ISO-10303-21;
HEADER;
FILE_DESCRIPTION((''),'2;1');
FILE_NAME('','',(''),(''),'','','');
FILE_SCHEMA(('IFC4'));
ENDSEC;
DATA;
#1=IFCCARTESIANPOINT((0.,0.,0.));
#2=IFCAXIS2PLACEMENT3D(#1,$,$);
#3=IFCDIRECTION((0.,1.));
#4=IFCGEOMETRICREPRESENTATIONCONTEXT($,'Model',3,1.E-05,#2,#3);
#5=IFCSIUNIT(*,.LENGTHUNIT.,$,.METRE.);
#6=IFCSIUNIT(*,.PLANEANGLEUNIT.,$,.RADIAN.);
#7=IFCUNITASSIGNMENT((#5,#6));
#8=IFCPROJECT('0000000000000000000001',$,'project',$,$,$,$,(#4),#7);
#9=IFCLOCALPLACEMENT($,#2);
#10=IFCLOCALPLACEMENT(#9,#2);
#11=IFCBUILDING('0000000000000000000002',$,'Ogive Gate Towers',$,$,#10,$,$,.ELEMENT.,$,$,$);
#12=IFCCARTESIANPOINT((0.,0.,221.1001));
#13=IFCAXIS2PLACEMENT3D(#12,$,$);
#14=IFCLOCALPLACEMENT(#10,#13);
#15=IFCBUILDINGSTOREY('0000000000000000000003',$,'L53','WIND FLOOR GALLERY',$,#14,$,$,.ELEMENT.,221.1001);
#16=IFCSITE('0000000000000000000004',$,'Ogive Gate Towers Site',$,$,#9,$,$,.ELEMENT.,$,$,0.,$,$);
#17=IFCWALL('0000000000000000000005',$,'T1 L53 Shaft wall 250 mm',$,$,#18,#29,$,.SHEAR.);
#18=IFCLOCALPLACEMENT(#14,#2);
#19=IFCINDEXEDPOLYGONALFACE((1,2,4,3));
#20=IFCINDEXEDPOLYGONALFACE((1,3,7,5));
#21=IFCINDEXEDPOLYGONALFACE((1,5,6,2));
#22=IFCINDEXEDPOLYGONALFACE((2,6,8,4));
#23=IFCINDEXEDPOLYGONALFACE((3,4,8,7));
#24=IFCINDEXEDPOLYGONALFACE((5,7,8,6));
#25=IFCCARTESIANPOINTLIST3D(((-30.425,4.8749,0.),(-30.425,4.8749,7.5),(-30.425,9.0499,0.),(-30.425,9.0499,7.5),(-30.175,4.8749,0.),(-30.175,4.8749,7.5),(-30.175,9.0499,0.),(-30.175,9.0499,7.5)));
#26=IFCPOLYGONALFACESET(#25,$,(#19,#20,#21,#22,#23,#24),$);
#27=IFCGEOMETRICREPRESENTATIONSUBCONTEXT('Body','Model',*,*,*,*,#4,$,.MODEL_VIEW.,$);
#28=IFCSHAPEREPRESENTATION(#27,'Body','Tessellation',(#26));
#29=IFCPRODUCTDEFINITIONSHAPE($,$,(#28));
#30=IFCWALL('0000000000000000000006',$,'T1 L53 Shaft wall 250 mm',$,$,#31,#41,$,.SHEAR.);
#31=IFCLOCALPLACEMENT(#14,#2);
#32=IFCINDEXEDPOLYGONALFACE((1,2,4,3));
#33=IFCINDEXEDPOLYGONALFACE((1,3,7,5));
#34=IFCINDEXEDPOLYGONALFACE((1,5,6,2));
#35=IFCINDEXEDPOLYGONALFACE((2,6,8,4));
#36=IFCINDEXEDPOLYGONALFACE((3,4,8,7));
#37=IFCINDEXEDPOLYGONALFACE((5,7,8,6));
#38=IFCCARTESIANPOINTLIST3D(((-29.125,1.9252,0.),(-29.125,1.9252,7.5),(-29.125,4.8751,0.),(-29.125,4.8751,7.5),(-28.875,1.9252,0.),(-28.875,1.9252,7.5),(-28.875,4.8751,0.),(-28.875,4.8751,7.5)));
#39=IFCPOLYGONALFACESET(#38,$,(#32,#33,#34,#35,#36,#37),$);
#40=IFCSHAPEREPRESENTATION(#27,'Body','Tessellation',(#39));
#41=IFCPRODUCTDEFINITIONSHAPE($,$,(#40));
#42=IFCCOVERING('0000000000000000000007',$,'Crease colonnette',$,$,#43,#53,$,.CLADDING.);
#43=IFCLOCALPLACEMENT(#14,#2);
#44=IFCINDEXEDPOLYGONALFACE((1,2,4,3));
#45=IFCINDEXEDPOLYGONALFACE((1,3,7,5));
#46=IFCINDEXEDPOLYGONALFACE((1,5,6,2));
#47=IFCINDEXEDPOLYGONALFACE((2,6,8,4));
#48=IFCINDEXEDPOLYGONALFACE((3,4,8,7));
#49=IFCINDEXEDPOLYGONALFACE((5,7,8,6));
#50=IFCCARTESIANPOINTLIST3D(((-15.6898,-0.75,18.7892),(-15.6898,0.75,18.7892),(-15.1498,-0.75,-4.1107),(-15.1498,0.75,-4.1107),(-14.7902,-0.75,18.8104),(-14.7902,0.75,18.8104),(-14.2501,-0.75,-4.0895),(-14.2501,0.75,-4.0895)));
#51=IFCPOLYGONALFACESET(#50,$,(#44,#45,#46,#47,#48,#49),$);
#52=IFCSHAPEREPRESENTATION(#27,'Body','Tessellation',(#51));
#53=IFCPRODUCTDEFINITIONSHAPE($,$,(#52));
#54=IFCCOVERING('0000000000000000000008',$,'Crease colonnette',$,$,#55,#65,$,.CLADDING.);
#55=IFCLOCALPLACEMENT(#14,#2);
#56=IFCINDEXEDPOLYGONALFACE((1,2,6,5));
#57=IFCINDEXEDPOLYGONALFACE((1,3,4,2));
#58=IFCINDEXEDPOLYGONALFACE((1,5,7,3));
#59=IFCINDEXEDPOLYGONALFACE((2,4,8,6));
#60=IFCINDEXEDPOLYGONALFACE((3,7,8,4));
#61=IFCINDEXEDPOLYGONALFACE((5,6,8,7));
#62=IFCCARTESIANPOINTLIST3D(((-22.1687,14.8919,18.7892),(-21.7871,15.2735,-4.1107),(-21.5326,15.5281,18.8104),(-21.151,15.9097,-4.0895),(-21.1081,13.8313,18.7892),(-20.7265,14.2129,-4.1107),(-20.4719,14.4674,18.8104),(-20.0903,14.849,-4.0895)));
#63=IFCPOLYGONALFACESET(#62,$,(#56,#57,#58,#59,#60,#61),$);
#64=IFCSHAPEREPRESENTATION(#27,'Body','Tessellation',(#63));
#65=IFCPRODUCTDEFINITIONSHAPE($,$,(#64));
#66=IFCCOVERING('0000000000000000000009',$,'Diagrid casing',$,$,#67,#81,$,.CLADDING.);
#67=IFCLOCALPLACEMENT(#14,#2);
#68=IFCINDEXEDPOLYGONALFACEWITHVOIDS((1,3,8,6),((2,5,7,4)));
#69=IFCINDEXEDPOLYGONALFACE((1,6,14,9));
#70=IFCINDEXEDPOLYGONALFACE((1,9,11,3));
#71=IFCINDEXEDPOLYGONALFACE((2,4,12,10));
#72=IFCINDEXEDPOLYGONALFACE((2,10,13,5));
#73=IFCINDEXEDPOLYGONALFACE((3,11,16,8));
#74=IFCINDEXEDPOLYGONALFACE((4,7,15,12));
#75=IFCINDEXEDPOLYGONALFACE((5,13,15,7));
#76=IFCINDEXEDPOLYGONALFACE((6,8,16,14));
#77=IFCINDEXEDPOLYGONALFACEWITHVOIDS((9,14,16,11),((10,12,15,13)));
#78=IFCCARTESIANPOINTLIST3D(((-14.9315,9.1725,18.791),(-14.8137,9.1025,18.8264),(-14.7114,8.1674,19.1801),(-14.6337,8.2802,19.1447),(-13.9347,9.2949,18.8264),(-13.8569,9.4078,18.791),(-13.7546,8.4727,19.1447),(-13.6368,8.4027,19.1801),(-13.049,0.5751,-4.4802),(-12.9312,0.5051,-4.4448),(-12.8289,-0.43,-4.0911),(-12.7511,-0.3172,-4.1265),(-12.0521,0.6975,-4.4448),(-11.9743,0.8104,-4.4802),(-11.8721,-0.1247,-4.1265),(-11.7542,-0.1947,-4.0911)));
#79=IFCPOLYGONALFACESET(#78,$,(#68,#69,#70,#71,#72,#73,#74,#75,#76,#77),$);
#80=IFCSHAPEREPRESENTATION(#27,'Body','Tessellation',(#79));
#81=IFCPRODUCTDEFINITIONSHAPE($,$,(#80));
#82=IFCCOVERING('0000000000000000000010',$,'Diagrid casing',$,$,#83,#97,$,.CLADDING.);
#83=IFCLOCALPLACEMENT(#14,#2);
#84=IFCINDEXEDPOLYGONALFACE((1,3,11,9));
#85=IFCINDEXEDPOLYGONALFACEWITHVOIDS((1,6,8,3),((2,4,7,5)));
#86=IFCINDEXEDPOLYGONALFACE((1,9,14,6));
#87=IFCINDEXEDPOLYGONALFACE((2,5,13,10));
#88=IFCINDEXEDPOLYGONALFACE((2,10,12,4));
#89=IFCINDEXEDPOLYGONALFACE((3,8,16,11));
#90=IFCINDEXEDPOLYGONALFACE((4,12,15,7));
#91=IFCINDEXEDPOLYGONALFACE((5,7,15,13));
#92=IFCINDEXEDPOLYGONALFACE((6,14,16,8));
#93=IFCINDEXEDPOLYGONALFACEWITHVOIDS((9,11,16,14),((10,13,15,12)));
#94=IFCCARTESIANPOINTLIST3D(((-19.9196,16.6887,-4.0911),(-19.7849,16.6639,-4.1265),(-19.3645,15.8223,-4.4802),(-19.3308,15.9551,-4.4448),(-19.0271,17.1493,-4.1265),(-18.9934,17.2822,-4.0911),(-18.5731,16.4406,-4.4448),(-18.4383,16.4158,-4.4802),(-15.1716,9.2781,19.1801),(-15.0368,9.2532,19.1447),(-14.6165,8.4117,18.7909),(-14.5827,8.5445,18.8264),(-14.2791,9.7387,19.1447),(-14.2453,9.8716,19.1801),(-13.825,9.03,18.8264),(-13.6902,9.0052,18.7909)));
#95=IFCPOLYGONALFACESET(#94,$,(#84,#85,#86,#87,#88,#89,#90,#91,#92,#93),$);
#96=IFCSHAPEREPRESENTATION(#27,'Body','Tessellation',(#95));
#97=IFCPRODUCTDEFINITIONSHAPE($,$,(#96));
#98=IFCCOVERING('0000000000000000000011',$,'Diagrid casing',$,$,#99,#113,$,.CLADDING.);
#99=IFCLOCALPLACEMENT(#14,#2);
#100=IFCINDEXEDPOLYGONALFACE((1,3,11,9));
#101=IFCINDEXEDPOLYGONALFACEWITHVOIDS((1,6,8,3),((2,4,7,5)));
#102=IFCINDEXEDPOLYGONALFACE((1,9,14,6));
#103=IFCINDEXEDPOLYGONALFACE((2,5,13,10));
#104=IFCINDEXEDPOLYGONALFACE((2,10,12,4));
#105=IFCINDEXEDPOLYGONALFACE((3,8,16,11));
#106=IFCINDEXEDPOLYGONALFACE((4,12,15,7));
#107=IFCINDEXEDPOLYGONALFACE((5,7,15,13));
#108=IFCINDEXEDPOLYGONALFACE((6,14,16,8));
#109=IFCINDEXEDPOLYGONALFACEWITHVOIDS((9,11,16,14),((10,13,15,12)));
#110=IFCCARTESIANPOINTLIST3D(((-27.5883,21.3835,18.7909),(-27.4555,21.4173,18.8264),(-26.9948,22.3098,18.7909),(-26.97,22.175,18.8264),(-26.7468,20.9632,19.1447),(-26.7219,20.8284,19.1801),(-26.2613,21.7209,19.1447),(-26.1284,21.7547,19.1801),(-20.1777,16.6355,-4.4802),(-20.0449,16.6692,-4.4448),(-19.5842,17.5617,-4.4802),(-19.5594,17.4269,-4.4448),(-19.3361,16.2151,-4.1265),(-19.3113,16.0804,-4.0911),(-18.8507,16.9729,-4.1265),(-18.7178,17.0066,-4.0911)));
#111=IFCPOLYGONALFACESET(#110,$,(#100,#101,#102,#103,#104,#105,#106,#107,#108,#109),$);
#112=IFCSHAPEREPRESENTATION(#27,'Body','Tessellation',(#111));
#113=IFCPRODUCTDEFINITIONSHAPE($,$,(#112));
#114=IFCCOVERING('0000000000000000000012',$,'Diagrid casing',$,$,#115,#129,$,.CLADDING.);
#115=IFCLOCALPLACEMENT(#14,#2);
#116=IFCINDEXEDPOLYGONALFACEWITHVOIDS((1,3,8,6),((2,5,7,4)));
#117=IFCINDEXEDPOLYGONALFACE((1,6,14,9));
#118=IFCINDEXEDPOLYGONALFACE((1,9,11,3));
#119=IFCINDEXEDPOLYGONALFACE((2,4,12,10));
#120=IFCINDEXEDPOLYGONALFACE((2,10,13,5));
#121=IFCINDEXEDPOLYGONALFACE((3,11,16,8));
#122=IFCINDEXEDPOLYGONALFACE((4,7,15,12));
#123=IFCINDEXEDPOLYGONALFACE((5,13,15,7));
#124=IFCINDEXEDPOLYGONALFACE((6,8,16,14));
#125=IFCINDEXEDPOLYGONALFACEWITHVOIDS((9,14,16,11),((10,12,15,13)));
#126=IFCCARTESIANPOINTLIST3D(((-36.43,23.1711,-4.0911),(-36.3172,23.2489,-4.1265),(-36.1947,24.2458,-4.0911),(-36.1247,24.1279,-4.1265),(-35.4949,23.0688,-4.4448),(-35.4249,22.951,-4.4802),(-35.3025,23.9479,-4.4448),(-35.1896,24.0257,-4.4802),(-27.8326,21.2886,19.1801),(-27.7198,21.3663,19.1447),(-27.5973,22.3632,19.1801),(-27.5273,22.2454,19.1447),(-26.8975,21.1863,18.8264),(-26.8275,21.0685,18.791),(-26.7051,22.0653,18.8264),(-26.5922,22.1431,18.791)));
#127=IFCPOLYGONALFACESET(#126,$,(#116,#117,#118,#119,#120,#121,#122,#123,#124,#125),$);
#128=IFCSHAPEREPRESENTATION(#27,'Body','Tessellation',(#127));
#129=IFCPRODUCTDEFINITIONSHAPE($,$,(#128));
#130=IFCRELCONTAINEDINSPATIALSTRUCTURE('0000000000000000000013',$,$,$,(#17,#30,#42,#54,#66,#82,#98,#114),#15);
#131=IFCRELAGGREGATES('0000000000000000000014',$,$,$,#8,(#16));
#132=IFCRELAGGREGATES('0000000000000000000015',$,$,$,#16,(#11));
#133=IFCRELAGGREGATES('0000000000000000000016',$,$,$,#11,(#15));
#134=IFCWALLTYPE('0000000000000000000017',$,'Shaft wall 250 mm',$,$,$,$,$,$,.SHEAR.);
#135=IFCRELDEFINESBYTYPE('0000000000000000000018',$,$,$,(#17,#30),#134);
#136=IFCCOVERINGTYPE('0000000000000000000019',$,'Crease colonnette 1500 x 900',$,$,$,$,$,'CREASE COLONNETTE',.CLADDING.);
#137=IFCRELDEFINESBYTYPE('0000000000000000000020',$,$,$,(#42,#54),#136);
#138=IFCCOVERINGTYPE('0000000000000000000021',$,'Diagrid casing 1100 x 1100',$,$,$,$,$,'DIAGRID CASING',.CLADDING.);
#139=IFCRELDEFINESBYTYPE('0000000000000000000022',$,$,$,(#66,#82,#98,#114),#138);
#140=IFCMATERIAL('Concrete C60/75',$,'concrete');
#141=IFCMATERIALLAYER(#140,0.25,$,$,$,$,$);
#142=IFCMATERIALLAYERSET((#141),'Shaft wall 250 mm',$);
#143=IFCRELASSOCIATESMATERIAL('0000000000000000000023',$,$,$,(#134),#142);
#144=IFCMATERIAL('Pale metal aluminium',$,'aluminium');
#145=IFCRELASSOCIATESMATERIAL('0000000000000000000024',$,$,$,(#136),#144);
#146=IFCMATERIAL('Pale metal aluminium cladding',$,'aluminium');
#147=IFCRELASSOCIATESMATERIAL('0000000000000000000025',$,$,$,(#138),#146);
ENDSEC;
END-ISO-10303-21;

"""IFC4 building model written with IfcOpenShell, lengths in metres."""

from ifc_helpers import new_model, si_unit, direction, frame, frame_2d, origin, origin_2d, place, context, subcontext, project, spatial, rectangle, hollow_rectangle, extrude, material, layer, layer_set, material_profile, profile_set, type_object, element, save


model = new_model("IFC4")

# Units and contexts
model_context = context("Model", 3, precision=1e-05, world=origin(), true_north=direction((0.0, 1.0)))
body_context = subcontext(model_context, "Body", "Model", "MODEL_VIEW")
ifc_project = project(units=[si_unit("LENGTHUNIT", "METRE"), si_unit("PLANEANGLEUNIT", "RADIAN")], contexts=[model_context])

# Site, building, storey
site_placement = place(None, origin())
site = spatial("IfcSite", under=ifc_project, at=site_placement, Name="Ogive Gate Towers Site", CompositionType="ELEMENT", RefElevation=0.0)
building_placement = place(site_placement, origin())
building = spatial("IfcBuilding", under=site, at=building_placement, Name="Ogive Gate Towers", CompositionType="ELEMENT")
storey_placement = place(building_placement, frame((0.0, 0.0, 221.1001)))
storey = spatial("IfcBuildingStorey", under=building, at=storey_placement, Name="L53", Description="WIND FLOOR GALLERY", CompositionType="ELEMENT", Elevation=221.1001)

# Shared definitions
ifc_material_1 = material(Name="Concrete C60/75", Category="concrete")
ifc_layer_1 = layer(ifc_material_1, 0.25)
ifc_layer_set_1 = layer_set([ifc_layer_1], Name="Shaft wall 250 mm")
wall_type_1 = type_object("IfcWallType", Name="Shaft wall 250 mm", PredefinedType="SHEAR", material=ifc_layer_set_1)

# Walls
wall_1_placement = place(storey_placement, frame((-30.3, 4.875, 0.0), z_axis=(0.0, 0.0, 1.0), x_axis=(0.0, 1.0, 0.0)))
element("IfcWall", 1, at=wall_1_placement, inside=storey, type_object=wall_type_1, Name="T1 L53 Shaft wall 250 mm", PredefinedType="SHEAR", context=body_context, shape_type="SweptSolid", body=[
    extrude(rectangle(XDim=4.175, YDim=0.25, at=frame_2d((2.0874, 0.0))), origin(), (0.0, 0.0, 1.0), 7.5),
])
wall_2_placement = place(storey_placement, frame((-29.0, 1.925, 0.0), z_axis=(0.0, 0.0, 1.0), x_axis=(0.0, 1.0, 0.0)))
element("IfcWall", 2, at=wall_2_placement, inside=storey, type_object=wall_type_1, Name="T1 L53 Shaft wall 250 mm", PredefinedType="SHEAR", context=body_context, shape_type="SweptSolid", body=[
    extrude(rectangle(XDim=2.95, YDim=0.25, at=frame_2d((1.4751, 0.0))), origin(), (0.0, 0.0, 1.0), 7.5),
])

# Coverings
ifc_material_2 = material(Name="Pale metal aluminium", Category="aluminium")
ifc_material_profile_1 = material_profile(ifc_material_2, rectangle(XDim=1.5, YDim=0.8999, at=origin_2d()), Name="1500 x 900 pale metal aluminium")
ifc_profile_set_1 = profile_set([ifc_material_profile_1], Name="Pale metal aluminium")
covering_type_1 = type_object("IfcCoveringType", Name="Crease colonnette 1500 x 900", ElementType="CREASE COLONNETTE", PredefinedType="CLADDING", material=ifc_profile_set_1)
for number, where, z_axis, x_axis, name in (
    (3, (-14.7, 0.0, -4.1001), (-0.023576, 0.0, 0.999722), (0.0, -1.0, 0.0), "Crease colonnette"),
    (4, (-20.9387, 15.0613, -4.1001), (-0.016659, -0.016659, 0.999722), (0.707107, -0.707107, 0.0), "Crease colonnette"),
):
    element("IfcCovering", number, at=place(storey_placement, frame(where, z_axis=z_axis, x_axis=x_axis)), inside=storey, type_object=covering_type_1, Name=name, PredefinedType="CLADDING", context=body_context, shape_type="SweptSolid", body=[
        extrude(rectangle(XDim=1.5, YDim=0.8999, at=origin_2d()), origin(), (0.0, 0.0, 1.0), 22.9062),
    ])
ifc_material_3 = material(Name="Pale metal aluminium cladding", Category="aluminium")
ifc_material_profile_2 = material_profile(ifc_material_3, hollow_rectangle(XDim=1.1001, YDim=1.1001, WallThickness=0.1001, at=origin_2d()), Name="1100 x 1100 pale metal casing")
ifc_profile_set_2 = profile_set([ifc_material_profile_2], Name="Pale metal aluminium cladding")
covering_type_2 = type_object("IfcCoveringType", Name="Diagrid casing 1100 x 1100", ElementType="DIAGRID CASING", PredefinedType="CLADDING", material=ifc_profile_set_2)
for number, where, z_axis, x_axis, name in (
    (5, (-12.4016, 0.1902, -4.2856), (-0.075666, 0.345556, 0.935342), (-0.976855, -0.213901, 0.0), "Diagrid casing"),
    (6, (-19.179, 16.5522, -4.2856), (0.190838, -0.297856, 0.935341), (0.842001, 0.539476, 0.0), "Diagrid casing"),
    (7, (-19.4478, 16.821, -4.2856), (-0.297856, 0.190838, 0.935341), (-0.539476, -0.842001, 0.0), "Diagrid casing"),
    (8, (-35.8098, 23.5984, -4.2856), (0.345556, -0.075666, 0.935342), (0.213901, 0.976855, 0.0), "Diagrid casing"),
):
    element("IfcCovering", number, at=place(storey_placement, frame(where, z_axis=z_axis, x_axis=x_axis)), inside=storey, type_object=covering_type_2, Name=name, PredefinedType="CLADDING", context=body_context, shape_type="SweptSolid", body=[
        extrude(hollow_rectangle(XDim=1.1001, YDim=1.1001, WallThickness=0.1001, at=origin_2d()), origin(), (0.0, 0.0, 1.0), 24.8799),
    ])

save(model, "model.ifc")
